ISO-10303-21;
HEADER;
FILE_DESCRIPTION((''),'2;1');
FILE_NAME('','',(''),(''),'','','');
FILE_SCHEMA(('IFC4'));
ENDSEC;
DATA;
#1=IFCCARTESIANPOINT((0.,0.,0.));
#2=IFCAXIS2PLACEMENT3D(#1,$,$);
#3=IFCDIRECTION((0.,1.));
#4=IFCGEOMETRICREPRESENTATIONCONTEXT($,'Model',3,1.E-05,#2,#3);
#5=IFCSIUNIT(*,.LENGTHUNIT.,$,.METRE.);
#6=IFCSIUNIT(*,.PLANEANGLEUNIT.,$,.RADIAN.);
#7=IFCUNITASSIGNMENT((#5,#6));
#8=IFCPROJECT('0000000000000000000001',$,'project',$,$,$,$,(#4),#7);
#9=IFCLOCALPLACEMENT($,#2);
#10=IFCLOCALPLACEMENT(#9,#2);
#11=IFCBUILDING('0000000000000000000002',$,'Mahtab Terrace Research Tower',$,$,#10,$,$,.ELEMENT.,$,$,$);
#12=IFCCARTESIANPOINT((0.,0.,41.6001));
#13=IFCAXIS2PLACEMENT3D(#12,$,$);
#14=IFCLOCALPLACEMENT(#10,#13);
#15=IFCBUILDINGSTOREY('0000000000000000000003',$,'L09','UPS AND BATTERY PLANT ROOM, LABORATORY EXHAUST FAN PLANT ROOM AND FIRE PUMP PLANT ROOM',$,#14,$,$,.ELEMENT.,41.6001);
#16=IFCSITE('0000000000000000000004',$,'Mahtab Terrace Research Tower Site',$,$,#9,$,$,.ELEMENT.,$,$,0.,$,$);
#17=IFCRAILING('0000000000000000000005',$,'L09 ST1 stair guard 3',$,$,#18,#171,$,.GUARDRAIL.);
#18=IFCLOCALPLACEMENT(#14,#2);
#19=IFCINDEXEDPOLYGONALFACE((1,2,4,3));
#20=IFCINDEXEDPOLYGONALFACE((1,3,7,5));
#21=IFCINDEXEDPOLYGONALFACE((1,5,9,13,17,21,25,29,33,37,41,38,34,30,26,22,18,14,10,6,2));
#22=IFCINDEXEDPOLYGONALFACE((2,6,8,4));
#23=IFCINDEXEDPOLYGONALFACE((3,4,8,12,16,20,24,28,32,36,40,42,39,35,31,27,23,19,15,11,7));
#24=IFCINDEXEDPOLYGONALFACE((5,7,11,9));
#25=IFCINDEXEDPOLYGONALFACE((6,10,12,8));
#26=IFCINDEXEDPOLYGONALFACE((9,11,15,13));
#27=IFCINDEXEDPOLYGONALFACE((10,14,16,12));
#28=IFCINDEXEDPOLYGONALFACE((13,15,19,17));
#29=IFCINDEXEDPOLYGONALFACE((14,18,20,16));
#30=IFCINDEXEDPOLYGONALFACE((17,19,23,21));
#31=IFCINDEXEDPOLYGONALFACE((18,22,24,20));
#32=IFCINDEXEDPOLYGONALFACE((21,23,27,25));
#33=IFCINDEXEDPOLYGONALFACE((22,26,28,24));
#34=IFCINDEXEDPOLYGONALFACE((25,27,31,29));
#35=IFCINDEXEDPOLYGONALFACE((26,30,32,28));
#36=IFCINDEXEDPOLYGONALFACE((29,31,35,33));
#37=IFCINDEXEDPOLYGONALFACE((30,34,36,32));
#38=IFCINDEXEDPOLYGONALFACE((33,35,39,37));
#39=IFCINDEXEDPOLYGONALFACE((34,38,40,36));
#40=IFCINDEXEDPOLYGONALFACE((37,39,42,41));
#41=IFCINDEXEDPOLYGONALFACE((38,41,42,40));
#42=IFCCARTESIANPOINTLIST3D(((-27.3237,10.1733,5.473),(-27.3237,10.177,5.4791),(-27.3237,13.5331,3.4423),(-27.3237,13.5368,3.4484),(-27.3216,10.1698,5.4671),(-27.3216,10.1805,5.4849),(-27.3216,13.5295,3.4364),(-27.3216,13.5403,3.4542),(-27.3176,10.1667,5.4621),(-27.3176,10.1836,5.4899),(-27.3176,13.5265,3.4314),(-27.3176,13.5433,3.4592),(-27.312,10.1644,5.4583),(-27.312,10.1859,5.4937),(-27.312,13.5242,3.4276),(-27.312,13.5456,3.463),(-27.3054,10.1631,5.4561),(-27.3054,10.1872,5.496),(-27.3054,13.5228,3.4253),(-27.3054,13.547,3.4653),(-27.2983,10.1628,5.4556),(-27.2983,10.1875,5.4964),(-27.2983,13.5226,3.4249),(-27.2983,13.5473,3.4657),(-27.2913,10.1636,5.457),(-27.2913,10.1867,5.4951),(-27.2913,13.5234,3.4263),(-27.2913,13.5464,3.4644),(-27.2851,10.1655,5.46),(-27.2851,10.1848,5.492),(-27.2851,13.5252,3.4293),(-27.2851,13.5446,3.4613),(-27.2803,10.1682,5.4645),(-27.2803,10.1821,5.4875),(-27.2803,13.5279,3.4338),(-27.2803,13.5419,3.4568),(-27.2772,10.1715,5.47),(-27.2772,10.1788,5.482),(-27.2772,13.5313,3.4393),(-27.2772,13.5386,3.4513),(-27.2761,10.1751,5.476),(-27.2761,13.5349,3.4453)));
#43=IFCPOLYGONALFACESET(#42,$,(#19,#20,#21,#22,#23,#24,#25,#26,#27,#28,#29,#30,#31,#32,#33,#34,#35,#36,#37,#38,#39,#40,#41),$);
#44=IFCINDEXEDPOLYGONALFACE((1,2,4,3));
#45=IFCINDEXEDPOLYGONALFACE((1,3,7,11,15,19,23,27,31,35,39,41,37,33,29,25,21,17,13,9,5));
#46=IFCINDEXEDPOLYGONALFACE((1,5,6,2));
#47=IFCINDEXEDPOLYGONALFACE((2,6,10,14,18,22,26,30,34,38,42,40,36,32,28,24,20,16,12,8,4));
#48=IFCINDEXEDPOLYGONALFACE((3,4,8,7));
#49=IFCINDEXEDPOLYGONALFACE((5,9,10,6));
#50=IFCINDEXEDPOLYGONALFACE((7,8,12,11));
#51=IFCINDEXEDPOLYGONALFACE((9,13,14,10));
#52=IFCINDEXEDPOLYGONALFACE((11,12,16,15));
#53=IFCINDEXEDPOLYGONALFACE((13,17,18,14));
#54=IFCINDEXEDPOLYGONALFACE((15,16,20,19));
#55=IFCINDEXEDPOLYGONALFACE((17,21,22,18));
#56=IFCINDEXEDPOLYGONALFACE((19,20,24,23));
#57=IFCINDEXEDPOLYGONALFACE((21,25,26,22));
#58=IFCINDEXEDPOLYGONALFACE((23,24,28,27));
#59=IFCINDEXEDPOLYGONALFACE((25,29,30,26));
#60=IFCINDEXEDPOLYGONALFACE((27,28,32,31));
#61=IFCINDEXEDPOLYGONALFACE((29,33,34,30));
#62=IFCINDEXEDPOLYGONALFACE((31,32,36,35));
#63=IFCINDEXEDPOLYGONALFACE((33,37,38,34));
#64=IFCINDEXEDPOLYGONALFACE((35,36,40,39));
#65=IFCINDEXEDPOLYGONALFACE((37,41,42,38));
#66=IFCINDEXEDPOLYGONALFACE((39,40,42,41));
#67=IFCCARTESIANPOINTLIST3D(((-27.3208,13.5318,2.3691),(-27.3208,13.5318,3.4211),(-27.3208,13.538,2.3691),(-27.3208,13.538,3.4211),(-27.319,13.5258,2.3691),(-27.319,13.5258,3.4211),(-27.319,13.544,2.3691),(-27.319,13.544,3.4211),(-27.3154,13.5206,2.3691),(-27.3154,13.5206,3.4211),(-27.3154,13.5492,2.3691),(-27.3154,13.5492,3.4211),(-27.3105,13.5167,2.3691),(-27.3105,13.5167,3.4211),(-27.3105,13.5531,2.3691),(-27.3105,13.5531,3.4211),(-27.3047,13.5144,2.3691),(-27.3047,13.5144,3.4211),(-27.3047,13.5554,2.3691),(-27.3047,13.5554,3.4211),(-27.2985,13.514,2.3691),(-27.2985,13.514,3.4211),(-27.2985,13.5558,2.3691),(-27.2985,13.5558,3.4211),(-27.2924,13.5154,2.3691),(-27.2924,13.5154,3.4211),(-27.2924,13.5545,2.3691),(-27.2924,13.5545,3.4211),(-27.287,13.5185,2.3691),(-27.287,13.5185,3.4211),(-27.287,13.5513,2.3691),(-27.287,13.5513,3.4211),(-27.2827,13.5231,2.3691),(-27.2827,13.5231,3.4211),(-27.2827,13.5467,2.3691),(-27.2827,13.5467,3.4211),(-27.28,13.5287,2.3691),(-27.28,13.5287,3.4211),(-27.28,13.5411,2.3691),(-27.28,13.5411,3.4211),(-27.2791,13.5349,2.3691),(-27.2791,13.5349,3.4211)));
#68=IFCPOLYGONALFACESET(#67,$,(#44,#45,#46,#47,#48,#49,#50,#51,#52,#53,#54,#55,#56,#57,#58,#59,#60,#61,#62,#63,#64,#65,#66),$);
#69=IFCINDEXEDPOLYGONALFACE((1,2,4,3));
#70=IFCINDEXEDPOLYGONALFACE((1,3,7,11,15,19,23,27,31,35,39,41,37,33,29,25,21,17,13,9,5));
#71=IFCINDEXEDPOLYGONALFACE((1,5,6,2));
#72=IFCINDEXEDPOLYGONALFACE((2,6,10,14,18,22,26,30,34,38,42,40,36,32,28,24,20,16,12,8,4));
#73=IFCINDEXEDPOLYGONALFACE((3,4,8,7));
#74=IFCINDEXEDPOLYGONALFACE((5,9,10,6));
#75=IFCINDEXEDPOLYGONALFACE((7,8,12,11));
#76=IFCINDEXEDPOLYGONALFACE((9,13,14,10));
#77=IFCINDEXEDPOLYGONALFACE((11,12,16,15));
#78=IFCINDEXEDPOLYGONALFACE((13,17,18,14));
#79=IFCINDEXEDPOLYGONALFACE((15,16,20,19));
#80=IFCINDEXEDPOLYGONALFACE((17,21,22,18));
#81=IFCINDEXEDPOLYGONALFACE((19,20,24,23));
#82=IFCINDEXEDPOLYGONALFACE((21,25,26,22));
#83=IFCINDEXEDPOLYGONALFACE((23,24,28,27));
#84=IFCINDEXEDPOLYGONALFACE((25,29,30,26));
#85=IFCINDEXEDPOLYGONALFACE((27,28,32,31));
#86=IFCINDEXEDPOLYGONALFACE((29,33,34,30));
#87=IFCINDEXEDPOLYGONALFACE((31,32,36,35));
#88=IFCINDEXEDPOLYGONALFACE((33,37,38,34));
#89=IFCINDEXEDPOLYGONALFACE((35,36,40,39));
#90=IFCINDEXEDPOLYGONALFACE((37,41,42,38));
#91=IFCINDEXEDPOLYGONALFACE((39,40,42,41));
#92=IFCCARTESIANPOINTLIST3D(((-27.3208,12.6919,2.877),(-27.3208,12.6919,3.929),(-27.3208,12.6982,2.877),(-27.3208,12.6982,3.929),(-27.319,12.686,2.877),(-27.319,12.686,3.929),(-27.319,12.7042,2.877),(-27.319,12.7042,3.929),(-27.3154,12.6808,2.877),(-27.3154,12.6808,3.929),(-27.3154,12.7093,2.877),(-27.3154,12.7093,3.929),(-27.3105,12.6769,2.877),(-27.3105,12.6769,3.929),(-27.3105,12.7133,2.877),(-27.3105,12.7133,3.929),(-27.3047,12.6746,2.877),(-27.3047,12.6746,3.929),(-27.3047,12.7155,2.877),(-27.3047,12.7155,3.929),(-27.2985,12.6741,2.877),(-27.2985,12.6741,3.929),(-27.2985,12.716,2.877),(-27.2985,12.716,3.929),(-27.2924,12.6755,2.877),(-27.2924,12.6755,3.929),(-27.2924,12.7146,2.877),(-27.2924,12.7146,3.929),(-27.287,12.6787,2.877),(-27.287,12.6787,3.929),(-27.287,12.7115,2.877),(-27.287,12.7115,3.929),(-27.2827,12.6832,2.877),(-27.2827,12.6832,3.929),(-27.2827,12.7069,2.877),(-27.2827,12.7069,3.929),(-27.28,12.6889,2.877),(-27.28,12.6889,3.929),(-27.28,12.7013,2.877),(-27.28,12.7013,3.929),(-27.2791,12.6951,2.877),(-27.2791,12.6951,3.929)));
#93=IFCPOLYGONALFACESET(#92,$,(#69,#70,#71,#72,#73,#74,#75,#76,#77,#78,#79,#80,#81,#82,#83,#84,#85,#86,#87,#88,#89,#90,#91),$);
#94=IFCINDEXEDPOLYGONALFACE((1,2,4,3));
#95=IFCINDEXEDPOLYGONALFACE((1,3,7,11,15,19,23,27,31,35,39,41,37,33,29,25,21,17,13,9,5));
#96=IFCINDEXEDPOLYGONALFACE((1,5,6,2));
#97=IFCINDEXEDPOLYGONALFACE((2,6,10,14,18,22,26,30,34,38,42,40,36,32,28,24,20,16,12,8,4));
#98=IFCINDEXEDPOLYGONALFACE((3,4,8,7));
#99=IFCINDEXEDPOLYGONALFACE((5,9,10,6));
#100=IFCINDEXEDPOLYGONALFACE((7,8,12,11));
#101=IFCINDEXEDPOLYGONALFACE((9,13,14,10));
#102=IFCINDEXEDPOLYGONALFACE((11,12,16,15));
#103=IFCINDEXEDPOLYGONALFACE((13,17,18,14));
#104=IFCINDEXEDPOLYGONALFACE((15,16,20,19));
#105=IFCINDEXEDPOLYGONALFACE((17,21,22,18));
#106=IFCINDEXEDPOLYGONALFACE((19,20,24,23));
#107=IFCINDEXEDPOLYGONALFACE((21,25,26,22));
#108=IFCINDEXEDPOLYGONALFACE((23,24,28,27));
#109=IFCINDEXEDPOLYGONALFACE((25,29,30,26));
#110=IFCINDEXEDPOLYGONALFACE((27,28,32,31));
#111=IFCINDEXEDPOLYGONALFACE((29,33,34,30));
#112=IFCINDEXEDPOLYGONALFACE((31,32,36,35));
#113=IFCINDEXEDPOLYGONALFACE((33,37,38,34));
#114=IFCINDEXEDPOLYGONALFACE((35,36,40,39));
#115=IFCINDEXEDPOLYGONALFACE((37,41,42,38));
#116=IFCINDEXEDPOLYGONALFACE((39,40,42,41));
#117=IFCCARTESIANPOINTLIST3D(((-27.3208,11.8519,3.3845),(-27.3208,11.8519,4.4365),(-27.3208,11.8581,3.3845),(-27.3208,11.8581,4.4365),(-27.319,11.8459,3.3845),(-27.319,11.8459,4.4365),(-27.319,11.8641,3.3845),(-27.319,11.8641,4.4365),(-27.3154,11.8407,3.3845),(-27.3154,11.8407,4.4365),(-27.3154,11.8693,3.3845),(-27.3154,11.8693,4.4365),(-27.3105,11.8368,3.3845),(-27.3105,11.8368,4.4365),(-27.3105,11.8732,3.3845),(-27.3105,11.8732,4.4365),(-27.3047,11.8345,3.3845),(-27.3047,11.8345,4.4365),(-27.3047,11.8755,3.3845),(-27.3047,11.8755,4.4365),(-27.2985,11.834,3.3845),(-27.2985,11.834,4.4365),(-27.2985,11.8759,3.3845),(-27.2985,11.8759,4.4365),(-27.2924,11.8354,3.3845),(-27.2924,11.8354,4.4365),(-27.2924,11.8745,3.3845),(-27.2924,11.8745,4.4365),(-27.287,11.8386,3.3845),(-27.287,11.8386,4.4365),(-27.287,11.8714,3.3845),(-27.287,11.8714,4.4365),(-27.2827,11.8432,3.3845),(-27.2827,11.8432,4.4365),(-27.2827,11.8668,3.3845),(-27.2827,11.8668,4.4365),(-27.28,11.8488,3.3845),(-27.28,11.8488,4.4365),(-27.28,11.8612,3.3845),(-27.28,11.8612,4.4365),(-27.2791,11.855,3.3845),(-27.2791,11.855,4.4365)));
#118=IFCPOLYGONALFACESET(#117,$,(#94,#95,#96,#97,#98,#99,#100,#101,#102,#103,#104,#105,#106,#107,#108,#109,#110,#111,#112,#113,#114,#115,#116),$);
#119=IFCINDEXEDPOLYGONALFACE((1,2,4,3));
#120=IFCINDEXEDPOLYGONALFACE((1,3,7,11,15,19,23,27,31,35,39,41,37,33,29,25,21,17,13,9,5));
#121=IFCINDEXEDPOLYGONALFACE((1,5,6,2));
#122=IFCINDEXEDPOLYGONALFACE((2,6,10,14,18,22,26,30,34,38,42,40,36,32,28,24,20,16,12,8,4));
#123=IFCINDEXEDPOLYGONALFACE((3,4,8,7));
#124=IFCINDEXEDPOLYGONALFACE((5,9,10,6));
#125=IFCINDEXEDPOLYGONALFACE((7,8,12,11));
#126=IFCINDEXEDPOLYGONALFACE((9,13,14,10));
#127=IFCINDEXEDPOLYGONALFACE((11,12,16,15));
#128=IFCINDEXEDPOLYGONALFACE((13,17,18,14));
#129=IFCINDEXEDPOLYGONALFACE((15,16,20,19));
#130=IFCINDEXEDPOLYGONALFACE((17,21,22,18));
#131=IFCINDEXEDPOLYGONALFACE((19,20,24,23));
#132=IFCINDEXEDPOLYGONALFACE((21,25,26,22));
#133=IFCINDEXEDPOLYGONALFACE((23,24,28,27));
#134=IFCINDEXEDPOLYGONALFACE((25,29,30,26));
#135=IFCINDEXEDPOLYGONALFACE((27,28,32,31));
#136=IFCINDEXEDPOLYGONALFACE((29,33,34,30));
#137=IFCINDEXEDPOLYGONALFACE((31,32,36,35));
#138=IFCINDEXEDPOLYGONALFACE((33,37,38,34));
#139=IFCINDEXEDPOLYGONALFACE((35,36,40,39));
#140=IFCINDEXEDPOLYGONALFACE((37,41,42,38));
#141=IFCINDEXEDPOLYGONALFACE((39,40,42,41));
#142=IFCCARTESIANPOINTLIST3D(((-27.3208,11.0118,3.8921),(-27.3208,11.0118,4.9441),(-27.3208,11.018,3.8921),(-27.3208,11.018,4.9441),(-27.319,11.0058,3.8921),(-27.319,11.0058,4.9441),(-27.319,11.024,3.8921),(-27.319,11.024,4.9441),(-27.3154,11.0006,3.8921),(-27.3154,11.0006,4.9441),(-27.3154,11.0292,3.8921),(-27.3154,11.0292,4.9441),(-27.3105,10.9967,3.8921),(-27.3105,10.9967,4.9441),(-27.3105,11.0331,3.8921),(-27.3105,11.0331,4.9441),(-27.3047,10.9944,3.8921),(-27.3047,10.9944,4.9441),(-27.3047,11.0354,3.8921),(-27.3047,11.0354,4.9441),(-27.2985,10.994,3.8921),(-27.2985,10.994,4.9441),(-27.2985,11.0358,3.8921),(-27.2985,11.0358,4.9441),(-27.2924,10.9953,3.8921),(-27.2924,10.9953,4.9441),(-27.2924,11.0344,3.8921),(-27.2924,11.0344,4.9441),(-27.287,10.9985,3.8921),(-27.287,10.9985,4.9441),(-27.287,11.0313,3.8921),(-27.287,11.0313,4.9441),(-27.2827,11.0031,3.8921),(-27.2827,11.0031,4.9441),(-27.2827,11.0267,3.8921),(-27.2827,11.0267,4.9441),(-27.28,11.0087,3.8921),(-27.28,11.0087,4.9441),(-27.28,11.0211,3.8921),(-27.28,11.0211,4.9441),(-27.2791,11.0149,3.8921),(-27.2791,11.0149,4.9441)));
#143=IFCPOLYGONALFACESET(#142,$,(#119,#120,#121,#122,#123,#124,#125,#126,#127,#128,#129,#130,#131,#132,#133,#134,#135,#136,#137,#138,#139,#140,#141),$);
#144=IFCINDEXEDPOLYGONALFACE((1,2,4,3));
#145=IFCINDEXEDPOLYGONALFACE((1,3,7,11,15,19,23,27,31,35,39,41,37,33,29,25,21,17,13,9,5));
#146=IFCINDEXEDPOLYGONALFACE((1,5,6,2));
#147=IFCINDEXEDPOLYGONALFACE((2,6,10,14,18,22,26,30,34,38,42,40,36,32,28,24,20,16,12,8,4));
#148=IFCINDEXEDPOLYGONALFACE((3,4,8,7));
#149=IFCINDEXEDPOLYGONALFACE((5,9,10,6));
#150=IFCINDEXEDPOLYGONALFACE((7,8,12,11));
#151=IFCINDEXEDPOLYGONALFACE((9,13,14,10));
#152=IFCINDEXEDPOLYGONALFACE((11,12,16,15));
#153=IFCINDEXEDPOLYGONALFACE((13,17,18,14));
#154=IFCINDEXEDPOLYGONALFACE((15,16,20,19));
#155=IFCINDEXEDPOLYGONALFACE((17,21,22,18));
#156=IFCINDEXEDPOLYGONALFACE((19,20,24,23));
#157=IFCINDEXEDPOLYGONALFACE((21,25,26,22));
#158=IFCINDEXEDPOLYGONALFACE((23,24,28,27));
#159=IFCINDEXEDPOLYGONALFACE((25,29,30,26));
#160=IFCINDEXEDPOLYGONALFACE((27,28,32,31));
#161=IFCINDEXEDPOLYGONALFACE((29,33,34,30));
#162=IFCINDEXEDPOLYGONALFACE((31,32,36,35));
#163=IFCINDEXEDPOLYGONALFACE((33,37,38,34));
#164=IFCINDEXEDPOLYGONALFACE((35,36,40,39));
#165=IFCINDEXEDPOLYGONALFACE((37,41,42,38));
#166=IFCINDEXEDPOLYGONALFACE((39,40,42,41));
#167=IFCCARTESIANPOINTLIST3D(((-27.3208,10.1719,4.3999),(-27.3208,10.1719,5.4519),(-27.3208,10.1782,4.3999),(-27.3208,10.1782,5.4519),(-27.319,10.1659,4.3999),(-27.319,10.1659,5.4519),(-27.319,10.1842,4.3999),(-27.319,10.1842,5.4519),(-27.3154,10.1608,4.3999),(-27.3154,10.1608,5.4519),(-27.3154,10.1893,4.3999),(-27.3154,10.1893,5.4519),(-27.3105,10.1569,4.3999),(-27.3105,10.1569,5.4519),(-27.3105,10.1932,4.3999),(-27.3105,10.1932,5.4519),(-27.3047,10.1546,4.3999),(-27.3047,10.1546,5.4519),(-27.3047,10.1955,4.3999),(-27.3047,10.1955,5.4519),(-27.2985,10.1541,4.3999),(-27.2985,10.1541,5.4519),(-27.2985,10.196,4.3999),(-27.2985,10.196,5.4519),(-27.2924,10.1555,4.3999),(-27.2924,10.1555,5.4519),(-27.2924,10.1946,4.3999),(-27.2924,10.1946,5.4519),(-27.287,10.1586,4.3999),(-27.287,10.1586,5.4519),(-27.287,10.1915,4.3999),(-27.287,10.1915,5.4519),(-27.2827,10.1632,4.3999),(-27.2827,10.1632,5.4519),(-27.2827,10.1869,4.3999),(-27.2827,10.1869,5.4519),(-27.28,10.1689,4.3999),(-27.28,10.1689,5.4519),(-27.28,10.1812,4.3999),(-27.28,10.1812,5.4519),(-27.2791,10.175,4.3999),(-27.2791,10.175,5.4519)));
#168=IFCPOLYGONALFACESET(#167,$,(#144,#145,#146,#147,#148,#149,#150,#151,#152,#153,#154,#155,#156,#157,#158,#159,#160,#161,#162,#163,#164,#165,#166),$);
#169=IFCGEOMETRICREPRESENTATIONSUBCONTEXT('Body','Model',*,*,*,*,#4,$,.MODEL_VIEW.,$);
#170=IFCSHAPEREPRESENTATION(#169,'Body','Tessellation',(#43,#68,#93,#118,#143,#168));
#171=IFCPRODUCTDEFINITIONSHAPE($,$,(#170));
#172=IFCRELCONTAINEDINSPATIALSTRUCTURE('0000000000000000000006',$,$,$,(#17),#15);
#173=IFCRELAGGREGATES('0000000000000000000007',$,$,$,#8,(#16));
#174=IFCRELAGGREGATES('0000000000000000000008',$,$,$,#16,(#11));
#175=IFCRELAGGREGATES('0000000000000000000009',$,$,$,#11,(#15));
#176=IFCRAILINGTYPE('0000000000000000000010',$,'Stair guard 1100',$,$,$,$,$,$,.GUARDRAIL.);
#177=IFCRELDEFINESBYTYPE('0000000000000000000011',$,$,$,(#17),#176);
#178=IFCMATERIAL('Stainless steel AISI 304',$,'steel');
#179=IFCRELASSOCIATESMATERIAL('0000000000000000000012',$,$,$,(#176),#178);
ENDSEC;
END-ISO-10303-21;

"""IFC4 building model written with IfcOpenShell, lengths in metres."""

from ifc_helpers import new_model, si_unit, direction, frame, origin, origin_2d, place, context, subcontext, project, spatial, circle, extrude, material, type_object, element, save


model = new_model("IFC4")

# Units and contexts
model_context = context("Model", 3, precision=1e-05, world=origin(), true_north=direction((0.0, 1.0)))
body_context = subcontext(model_context, "Body", "Model", "MODEL_VIEW")
ifc_project = project(units=[si_unit("LENGTHUNIT", "METRE"), si_unit("PLANEANGLEUNIT", "RADIAN")], contexts=[model_context])

# Site, building, storey
site_placement = place(None, origin())
site = spatial("IfcSite", under=ifc_project, at=site_placement, Name="Mahtab Terrace Research Tower Site", CompositionType="ELEMENT", RefElevation=0.0)
building_placement = place(site_placement, origin())
building = spatial("IfcBuilding", under=site, at=building_placement, Name="Mahtab Terrace Research Tower", CompositionType="ELEMENT")
storey_placement = place(building_placement, frame((0.0, 0.0, 41.6001)))
storey = spatial("IfcBuildingStorey", under=building, at=storey_placement, Name="L09", Description="UPS AND BATTERY PLANT ROOM, LABORATORY EXHAUST FAN PLANT ROOM AND FIRE PUMP PLANT ROOM", CompositionType="ELEMENT", Elevation=41.6001)

# Railing
ifc_material_1 = material(Name="Stainless steel AISI 304", Category="steel")
railing_type_1 = type_object("IfcRailingType", Name="Stair guard 1100", PredefinedType="GUARDRAIL", material=ifc_material_1)
railing_1_placement = place(storey_placement, frame((-27.3, 13.5349, 2.3691)))
element("IfcRailing", 1, at=railing_1_placement, inside=storey, type_object=railing_type_1, Name="L09 ST1 stair guard 3", PredefinedType="GUARDRAIL", context=body_context, shape_type="SweptSolid", body=[
    extrude(circle(Radius=0.0239, at=origin_2d()), frame((0.0, 0.0, 1.0762), z_axis=(0.0, -0.85582, 0.517273), x_axis=(1.0, 0.0, 0.0)), (0.0, 0.0, 1.0), 3.9258),
    extrude(circle(Radius=0.021, at=origin_2d()), origin(), (0.0, 0.0, 1.0), 1.052),
    extrude(circle(Radius=0.021, at=origin_2d()), frame((0.0, -0.8398, 0.5078)), (0.0, 0.0, 1.0), 1.052),
    extrude(circle(Radius=0.021, at=origin_2d()), frame((0.0, -1.6799, 1.0154)), (0.0, 0.0, 1.0), 1.052),
    extrude(circle(Radius=0.021, at=origin_2d()), frame((0.0, -2.52, 1.5229)), (0.0, 0.0, 1.0), 1.052),
    extrude(circle(Radius=0.021, at=origin_2d()), frame((0.0, -3.3599, 2.0308)), (0.0, 0.0, 1.0), 1.052),
])

save(model, "model.ifc")
